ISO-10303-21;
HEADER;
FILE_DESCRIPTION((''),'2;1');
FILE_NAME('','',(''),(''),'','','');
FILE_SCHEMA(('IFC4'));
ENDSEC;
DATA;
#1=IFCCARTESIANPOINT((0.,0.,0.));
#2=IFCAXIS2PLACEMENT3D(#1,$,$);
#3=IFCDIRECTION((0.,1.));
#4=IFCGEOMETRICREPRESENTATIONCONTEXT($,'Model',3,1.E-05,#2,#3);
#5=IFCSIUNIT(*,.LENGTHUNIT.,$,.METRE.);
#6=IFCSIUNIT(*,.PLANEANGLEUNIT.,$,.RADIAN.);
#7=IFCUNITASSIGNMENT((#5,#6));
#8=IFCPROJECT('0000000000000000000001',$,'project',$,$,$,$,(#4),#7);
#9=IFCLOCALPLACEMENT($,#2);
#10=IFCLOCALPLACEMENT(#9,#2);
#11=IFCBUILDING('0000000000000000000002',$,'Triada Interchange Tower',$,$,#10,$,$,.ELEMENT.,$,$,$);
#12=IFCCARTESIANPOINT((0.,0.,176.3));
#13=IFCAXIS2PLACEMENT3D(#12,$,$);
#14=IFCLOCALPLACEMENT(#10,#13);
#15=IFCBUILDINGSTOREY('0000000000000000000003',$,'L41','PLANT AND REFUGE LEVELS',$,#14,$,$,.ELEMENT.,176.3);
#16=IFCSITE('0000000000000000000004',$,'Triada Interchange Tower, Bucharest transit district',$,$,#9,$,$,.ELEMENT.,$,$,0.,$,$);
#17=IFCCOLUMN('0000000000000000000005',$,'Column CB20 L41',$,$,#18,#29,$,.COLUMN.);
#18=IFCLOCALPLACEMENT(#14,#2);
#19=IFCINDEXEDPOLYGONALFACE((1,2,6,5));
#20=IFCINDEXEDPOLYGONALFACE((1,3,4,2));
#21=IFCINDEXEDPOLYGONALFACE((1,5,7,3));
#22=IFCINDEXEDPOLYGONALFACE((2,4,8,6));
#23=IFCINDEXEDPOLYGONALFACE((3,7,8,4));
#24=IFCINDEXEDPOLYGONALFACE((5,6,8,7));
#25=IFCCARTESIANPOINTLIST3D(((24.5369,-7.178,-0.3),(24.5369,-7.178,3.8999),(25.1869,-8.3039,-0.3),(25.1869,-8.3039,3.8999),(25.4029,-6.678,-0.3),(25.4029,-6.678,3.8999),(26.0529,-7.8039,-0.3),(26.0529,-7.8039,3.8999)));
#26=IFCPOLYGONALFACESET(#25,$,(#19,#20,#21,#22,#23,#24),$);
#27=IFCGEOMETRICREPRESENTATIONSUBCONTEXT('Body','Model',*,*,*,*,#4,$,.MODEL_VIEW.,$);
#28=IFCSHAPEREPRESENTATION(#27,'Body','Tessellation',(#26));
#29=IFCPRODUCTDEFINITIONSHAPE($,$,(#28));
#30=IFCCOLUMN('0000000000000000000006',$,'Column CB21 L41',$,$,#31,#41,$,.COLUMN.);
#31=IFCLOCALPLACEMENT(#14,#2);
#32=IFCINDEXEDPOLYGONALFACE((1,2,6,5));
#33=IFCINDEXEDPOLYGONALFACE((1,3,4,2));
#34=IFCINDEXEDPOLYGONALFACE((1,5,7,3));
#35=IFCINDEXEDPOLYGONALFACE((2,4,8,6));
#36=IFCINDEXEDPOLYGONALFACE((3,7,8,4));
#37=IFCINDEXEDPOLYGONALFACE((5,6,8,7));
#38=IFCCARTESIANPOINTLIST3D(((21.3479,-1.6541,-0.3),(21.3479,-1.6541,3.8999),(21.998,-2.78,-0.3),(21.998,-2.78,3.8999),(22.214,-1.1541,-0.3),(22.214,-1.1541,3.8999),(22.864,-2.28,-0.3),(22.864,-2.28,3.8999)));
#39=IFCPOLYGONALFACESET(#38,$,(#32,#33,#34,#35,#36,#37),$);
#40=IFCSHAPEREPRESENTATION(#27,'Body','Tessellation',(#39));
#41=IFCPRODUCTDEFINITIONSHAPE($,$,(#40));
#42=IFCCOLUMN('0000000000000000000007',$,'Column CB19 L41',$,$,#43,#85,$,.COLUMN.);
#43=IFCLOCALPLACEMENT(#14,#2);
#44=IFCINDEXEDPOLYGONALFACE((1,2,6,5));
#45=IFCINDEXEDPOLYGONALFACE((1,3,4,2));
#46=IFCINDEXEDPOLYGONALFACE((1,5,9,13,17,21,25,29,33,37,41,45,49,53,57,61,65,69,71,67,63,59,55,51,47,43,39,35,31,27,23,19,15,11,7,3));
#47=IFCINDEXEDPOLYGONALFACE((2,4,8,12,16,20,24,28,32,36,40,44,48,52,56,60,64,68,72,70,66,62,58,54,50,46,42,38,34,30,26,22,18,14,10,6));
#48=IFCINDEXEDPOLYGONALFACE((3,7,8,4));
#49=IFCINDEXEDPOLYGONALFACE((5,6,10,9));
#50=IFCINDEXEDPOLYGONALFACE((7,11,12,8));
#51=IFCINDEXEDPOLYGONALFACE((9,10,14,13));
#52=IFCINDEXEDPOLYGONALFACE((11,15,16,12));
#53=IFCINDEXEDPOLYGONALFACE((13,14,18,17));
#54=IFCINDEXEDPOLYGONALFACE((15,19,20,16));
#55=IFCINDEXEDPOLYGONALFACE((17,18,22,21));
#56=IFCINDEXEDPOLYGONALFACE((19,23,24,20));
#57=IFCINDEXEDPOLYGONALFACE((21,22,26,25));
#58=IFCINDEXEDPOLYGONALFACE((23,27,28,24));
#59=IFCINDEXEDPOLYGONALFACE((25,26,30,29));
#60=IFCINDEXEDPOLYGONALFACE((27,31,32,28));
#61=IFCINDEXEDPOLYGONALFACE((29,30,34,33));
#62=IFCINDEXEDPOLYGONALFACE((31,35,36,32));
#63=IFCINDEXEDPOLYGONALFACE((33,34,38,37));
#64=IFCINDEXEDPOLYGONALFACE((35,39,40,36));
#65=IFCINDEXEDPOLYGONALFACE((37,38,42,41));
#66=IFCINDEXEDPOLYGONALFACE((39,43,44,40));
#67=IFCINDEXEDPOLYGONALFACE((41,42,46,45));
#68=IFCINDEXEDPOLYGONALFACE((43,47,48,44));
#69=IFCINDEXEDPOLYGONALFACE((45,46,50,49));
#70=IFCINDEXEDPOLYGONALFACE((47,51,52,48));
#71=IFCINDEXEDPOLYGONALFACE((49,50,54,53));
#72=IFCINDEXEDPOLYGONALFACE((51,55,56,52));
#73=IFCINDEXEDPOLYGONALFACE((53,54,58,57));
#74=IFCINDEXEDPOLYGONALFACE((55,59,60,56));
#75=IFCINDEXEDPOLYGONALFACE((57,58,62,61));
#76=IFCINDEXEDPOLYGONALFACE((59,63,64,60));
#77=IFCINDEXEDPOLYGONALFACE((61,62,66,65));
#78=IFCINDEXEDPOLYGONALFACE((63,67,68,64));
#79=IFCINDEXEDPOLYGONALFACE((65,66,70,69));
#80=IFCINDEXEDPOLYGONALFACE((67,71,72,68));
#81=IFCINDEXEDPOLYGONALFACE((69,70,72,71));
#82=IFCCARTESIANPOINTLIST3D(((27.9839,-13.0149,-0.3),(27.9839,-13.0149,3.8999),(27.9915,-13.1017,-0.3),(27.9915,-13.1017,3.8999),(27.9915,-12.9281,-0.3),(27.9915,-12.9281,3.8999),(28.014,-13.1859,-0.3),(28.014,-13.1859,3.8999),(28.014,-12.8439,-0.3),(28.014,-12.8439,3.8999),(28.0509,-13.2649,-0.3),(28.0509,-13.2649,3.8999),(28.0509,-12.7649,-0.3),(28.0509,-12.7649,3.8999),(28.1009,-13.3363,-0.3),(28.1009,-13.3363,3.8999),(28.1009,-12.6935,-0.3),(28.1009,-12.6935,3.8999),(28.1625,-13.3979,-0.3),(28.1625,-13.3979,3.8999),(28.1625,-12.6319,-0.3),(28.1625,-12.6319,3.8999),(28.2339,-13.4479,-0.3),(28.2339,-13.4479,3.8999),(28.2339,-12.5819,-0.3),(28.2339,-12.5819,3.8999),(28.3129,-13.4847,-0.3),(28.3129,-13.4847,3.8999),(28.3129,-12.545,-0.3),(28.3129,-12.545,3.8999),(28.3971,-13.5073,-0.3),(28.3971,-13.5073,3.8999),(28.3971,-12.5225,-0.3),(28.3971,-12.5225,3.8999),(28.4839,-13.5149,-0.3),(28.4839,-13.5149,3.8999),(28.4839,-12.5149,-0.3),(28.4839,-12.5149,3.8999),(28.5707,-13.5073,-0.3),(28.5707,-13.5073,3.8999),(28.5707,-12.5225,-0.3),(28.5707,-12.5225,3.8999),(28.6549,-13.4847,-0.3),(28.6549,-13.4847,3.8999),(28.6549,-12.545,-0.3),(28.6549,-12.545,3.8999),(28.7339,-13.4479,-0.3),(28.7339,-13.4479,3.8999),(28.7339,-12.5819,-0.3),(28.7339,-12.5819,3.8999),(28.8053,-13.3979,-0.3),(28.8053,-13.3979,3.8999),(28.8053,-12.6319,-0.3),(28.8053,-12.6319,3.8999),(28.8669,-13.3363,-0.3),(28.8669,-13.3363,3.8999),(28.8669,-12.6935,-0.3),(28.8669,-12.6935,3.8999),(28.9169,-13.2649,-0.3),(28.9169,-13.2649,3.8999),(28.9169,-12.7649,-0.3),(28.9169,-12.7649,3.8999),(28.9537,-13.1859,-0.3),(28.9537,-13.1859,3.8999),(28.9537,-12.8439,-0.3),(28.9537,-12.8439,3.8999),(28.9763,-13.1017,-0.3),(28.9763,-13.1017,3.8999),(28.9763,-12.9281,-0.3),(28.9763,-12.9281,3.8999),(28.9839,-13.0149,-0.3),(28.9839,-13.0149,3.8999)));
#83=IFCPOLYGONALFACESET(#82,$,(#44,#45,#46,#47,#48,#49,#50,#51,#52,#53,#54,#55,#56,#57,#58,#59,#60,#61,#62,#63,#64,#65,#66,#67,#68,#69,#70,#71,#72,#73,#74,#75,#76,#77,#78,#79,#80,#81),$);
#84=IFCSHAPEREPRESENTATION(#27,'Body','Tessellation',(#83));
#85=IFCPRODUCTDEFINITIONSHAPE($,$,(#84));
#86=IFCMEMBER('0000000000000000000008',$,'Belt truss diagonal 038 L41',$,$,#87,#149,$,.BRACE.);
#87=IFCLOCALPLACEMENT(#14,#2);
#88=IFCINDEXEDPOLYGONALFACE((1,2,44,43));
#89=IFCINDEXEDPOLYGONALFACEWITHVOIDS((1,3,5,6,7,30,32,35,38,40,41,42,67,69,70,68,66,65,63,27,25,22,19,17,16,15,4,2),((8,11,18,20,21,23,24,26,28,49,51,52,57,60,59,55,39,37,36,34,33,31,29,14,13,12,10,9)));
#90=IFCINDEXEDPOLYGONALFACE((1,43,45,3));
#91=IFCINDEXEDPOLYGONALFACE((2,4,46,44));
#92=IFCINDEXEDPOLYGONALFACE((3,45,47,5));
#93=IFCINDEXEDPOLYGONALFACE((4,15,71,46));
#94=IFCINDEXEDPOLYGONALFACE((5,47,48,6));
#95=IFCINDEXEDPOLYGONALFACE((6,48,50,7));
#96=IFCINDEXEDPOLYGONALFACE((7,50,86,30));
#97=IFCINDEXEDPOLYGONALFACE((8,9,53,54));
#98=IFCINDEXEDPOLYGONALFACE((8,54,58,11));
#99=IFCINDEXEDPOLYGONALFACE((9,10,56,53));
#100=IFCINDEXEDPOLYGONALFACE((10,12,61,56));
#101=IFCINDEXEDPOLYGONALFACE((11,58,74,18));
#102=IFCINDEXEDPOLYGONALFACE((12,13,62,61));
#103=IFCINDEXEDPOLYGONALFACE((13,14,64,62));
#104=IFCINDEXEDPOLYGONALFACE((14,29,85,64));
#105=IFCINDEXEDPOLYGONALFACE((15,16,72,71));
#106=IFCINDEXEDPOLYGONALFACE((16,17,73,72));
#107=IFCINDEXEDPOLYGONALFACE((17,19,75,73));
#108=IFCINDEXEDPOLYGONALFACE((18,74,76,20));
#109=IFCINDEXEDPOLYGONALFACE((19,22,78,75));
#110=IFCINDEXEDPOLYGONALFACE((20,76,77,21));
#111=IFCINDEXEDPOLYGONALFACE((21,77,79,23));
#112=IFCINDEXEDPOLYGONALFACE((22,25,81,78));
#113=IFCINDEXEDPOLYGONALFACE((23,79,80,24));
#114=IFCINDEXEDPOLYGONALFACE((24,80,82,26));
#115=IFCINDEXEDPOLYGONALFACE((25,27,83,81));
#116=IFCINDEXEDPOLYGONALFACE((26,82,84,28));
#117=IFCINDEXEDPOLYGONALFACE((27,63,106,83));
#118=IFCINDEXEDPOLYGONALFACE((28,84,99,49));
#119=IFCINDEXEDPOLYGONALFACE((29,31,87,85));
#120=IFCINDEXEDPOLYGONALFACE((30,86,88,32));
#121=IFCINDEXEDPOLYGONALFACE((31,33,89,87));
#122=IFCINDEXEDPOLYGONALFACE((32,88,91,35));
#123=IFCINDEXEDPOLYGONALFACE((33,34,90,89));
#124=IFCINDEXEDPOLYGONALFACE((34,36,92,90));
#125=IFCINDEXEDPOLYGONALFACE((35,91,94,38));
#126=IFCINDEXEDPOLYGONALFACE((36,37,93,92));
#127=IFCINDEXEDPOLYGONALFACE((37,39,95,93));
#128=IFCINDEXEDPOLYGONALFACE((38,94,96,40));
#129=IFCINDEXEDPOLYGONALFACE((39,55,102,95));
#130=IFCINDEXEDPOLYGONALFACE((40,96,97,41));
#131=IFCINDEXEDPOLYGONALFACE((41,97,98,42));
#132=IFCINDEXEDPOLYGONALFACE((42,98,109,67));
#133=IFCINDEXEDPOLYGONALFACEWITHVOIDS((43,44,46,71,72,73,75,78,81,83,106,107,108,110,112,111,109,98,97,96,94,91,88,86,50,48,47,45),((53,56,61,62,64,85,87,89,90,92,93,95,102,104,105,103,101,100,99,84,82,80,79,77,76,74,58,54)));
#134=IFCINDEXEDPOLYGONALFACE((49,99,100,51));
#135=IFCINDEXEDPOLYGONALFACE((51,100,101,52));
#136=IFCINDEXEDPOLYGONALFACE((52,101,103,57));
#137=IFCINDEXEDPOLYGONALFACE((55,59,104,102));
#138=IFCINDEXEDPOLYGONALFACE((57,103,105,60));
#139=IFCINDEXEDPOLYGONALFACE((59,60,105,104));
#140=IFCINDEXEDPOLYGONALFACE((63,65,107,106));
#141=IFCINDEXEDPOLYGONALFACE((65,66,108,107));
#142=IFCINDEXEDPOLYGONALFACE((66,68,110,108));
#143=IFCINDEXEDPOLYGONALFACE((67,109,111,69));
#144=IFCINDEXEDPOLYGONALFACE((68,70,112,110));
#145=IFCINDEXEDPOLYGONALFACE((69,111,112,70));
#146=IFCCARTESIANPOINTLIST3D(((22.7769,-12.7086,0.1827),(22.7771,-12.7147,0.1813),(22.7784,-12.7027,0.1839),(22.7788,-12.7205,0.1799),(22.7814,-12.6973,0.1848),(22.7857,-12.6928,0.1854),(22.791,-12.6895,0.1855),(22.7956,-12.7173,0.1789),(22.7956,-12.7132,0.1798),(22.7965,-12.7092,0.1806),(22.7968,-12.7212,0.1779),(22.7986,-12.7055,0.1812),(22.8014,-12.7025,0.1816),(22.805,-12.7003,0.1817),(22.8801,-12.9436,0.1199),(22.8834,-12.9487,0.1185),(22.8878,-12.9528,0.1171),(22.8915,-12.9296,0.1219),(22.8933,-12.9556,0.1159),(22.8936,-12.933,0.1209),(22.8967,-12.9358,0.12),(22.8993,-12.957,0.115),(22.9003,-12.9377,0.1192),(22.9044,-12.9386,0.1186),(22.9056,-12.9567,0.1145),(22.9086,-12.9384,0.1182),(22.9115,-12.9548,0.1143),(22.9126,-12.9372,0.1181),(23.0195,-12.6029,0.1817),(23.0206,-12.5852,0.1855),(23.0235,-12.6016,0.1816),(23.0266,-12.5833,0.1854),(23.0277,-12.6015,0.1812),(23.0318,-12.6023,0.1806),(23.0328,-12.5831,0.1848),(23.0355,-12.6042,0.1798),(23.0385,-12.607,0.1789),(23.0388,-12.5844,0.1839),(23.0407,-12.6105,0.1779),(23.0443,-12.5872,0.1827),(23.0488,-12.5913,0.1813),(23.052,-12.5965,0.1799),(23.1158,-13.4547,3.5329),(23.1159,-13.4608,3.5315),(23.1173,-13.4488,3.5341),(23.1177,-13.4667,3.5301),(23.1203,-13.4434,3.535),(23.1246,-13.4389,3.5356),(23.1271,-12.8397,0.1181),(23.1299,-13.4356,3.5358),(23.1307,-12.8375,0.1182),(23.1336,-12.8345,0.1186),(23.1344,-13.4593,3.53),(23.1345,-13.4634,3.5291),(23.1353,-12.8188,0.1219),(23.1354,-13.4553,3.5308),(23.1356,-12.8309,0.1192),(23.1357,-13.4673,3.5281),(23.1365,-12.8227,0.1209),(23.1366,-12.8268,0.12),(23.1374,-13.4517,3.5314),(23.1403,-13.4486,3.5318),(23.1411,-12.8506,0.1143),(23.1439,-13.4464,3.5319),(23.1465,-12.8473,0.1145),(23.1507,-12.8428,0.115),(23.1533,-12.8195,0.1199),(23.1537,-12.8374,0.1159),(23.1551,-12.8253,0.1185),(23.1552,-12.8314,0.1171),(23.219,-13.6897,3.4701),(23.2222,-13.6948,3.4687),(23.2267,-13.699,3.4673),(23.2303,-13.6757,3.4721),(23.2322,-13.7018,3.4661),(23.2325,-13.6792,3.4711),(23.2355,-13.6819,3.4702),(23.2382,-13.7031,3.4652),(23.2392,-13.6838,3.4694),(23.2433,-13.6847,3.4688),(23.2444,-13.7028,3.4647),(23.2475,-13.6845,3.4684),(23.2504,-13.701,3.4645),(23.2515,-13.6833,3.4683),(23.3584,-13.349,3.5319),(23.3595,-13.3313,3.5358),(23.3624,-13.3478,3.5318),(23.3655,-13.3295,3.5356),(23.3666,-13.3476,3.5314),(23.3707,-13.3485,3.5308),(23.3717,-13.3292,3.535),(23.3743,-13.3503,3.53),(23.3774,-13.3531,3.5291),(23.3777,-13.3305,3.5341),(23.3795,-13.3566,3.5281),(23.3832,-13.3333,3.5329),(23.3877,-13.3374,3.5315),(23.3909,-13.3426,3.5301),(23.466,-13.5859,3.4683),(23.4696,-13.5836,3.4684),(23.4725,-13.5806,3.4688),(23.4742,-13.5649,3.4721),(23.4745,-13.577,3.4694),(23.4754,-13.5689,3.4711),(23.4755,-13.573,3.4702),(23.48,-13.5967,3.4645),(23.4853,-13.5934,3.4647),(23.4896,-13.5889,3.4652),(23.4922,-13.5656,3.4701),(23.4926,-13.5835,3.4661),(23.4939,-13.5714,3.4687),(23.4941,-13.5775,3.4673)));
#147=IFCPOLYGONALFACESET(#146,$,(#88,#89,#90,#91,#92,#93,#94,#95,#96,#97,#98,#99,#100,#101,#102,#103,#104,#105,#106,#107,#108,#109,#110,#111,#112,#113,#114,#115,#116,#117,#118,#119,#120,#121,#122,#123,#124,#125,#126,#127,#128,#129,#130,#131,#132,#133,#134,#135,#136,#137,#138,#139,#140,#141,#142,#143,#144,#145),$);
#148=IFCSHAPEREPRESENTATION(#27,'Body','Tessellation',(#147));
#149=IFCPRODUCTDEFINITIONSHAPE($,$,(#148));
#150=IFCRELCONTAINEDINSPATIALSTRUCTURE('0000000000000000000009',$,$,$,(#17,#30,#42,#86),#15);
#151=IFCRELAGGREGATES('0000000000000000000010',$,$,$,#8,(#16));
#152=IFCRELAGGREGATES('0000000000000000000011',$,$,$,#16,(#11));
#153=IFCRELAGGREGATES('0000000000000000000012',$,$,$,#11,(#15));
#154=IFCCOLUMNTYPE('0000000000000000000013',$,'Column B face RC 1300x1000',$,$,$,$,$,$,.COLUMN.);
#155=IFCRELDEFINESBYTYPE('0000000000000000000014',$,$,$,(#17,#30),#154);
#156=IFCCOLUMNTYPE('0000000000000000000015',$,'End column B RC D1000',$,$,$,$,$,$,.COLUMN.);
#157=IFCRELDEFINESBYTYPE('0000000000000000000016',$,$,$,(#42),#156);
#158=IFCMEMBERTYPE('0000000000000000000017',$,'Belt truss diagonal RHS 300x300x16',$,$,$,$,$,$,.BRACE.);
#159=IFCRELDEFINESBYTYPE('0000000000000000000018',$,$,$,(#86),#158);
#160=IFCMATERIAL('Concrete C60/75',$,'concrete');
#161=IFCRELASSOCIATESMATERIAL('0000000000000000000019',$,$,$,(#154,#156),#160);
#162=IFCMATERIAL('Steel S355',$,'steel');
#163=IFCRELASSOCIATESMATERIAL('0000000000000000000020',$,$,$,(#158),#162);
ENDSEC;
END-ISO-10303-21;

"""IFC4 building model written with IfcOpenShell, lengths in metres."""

from ifc_helpers import new_model, si_unit, direction, frame, origin, origin_2d, place, context, subcontext, project, spatial, rectangle, hollow_rectangle, circle, extrude, material, material_profile, profile_set, type_object, element, save


model = new_model("IFC4")

# Units and contexts
model_context = context("Model", 3, precision=1e-05, world=origin(), true_north=direction((0.0, 1.0)))
body_context = subcontext(model_context, "Body", "Model", "MODEL_VIEW")
ifc_project = project(units=[si_unit("LENGTHUNIT", "METRE"), si_unit("PLANEANGLEUNIT", "RADIAN")], contexts=[model_context])

# Site, building, storey
site_placement = place(None, origin())
site = spatial("IfcSite", under=ifc_project, at=site_placement, Name="Triada Interchange Tower, Bucharest transit district", CompositionType="ELEMENT", RefElevation=0.0)
building_placement = place(site_placement, origin())
building = spatial("IfcBuilding", under=site, at=building_placement, Name="Triada Interchange Tower", CompositionType="ELEMENT")
storey_placement = place(building_placement, frame((0.0, 0.0, 176.3)))
storey = spatial("IfcBuildingStorey", under=building, at=storey_placement, Name="L41", Description="PLANT AND REFUGE LEVELS", CompositionType="ELEMENT", Elevation=176.3)

# Columns
ifc_material_1 = material(Name="Concrete C60/75", Category="concrete")
ifc_material_profile_1 = material_profile(ifc_material_1, rectangle(XDim=1.3, YDim=1.0, at=origin_2d()), Name="RC 1300x1000")
ifc_profile_set_1 = profile_set([ifc_material_profile_1], Name="Concrete C60/75")
column_type_1 = type_object("IfcColumnType", Name="Column B face RC 1300x1000", PredefinedType="COLUMN", material=ifc_profile_set_1)
for number, where, z_axis, x_axis, name in (
    (1, (25.2949, -7.491, -0.3), (0.0, 0.0, 1.0), (-0.5, 0.866025, 0.0), "Column CB20 L41"),
    (2, (22.106, -1.967, -0.3), (0.0, 0.0, 1.0), (-0.5, 0.866025, 0.0), "Column CB21 L41"),
):
    element("IfcColumn", number, at=place(storey_placement, frame(where, z_axis=z_axis, x_axis=x_axis)), inside=storey, type_object=column_type_1, Name=name, PredefinedType="COLUMN", context=body_context, shape_type="SweptSolid", body=[
        extrude(rectangle(XDim=1.3, YDim=1.0, at=origin_2d()), origin(), (0.0, 0.0, 1.0), 4.2),
    ])
ifc_material_profile_2 = material_profile(ifc_material_1, circle(Radius=0.5, at=origin_2d()), Name="RC D1000")
ifc_profile_set_2 = profile_set([ifc_material_profile_2], Name="Concrete C60/75")
column_type_2 = type_object("IfcColumnType", Name="End column B RC D1000", PredefinedType="COLUMN", material=ifc_profile_set_2)
column_placement = place(storey_placement, frame((28.4839, -13.0149, -0.3), z_axis=(0.0, 0.0, 1.0), x_axis=(-0.5, 0.866025, 0.0)))
element("IfcColumn", 3, at=column_placement, inside=storey, type_object=column_type_2, Name="Column CB19 L41", PredefinedType="COLUMN", context=body_context, shape_type="SweptSolid", body=[
    extrude(circle(Radius=0.5, at=origin_2d()), origin(), (0.0, 0.0, 1.0), 4.2),
])

# Member
ifc_material_2 = material(Name="Steel S355", Category="steel")
ifc_material_profile_3 = material_profile(ifc_material_2, hollow_rectangle(XDim=0.3, YDim=0.3, WallThickness=0.0161, InnerFilletRadius=0.0161, OuterFilletRadius=0.0239, at=origin_2d()), Name="RHS 300x300x16")
ifc_profile_set_3 = profile_set([ifc_material_profile_3], Name="Steel S355")
member_type_1 = type_object("IfcMemberType", Name="Belt truss diagonal RHS 300x300x16", PredefinedType="BRACE", material=ifc_profile_set_3)
member_1_placement = place(storey_placement, frame((22.9661, -12.77, 0.1499), z_axis=(0.098255, -0.21633, 0.971364), x_axis=(0.910489, 0.413534, 0.0)))
element("IfcMember", 4, at=member_1_placement, inside=storey, type_object=member_type_1, Name="Belt truss diagonal 038 L41", PredefinedType="BRACE", context=body_context, shape_type="SweptSolid", body=[
    extrude(hollow_rectangle(XDim=0.3, YDim=0.3, WallThickness=0.0161, InnerFilletRadius=0.0161, OuterFilletRadius=0.0239, at=origin_2d()), origin(), (0.0, 0.0, 1.0), 3.449),
])

save(model, "model.ifc")
